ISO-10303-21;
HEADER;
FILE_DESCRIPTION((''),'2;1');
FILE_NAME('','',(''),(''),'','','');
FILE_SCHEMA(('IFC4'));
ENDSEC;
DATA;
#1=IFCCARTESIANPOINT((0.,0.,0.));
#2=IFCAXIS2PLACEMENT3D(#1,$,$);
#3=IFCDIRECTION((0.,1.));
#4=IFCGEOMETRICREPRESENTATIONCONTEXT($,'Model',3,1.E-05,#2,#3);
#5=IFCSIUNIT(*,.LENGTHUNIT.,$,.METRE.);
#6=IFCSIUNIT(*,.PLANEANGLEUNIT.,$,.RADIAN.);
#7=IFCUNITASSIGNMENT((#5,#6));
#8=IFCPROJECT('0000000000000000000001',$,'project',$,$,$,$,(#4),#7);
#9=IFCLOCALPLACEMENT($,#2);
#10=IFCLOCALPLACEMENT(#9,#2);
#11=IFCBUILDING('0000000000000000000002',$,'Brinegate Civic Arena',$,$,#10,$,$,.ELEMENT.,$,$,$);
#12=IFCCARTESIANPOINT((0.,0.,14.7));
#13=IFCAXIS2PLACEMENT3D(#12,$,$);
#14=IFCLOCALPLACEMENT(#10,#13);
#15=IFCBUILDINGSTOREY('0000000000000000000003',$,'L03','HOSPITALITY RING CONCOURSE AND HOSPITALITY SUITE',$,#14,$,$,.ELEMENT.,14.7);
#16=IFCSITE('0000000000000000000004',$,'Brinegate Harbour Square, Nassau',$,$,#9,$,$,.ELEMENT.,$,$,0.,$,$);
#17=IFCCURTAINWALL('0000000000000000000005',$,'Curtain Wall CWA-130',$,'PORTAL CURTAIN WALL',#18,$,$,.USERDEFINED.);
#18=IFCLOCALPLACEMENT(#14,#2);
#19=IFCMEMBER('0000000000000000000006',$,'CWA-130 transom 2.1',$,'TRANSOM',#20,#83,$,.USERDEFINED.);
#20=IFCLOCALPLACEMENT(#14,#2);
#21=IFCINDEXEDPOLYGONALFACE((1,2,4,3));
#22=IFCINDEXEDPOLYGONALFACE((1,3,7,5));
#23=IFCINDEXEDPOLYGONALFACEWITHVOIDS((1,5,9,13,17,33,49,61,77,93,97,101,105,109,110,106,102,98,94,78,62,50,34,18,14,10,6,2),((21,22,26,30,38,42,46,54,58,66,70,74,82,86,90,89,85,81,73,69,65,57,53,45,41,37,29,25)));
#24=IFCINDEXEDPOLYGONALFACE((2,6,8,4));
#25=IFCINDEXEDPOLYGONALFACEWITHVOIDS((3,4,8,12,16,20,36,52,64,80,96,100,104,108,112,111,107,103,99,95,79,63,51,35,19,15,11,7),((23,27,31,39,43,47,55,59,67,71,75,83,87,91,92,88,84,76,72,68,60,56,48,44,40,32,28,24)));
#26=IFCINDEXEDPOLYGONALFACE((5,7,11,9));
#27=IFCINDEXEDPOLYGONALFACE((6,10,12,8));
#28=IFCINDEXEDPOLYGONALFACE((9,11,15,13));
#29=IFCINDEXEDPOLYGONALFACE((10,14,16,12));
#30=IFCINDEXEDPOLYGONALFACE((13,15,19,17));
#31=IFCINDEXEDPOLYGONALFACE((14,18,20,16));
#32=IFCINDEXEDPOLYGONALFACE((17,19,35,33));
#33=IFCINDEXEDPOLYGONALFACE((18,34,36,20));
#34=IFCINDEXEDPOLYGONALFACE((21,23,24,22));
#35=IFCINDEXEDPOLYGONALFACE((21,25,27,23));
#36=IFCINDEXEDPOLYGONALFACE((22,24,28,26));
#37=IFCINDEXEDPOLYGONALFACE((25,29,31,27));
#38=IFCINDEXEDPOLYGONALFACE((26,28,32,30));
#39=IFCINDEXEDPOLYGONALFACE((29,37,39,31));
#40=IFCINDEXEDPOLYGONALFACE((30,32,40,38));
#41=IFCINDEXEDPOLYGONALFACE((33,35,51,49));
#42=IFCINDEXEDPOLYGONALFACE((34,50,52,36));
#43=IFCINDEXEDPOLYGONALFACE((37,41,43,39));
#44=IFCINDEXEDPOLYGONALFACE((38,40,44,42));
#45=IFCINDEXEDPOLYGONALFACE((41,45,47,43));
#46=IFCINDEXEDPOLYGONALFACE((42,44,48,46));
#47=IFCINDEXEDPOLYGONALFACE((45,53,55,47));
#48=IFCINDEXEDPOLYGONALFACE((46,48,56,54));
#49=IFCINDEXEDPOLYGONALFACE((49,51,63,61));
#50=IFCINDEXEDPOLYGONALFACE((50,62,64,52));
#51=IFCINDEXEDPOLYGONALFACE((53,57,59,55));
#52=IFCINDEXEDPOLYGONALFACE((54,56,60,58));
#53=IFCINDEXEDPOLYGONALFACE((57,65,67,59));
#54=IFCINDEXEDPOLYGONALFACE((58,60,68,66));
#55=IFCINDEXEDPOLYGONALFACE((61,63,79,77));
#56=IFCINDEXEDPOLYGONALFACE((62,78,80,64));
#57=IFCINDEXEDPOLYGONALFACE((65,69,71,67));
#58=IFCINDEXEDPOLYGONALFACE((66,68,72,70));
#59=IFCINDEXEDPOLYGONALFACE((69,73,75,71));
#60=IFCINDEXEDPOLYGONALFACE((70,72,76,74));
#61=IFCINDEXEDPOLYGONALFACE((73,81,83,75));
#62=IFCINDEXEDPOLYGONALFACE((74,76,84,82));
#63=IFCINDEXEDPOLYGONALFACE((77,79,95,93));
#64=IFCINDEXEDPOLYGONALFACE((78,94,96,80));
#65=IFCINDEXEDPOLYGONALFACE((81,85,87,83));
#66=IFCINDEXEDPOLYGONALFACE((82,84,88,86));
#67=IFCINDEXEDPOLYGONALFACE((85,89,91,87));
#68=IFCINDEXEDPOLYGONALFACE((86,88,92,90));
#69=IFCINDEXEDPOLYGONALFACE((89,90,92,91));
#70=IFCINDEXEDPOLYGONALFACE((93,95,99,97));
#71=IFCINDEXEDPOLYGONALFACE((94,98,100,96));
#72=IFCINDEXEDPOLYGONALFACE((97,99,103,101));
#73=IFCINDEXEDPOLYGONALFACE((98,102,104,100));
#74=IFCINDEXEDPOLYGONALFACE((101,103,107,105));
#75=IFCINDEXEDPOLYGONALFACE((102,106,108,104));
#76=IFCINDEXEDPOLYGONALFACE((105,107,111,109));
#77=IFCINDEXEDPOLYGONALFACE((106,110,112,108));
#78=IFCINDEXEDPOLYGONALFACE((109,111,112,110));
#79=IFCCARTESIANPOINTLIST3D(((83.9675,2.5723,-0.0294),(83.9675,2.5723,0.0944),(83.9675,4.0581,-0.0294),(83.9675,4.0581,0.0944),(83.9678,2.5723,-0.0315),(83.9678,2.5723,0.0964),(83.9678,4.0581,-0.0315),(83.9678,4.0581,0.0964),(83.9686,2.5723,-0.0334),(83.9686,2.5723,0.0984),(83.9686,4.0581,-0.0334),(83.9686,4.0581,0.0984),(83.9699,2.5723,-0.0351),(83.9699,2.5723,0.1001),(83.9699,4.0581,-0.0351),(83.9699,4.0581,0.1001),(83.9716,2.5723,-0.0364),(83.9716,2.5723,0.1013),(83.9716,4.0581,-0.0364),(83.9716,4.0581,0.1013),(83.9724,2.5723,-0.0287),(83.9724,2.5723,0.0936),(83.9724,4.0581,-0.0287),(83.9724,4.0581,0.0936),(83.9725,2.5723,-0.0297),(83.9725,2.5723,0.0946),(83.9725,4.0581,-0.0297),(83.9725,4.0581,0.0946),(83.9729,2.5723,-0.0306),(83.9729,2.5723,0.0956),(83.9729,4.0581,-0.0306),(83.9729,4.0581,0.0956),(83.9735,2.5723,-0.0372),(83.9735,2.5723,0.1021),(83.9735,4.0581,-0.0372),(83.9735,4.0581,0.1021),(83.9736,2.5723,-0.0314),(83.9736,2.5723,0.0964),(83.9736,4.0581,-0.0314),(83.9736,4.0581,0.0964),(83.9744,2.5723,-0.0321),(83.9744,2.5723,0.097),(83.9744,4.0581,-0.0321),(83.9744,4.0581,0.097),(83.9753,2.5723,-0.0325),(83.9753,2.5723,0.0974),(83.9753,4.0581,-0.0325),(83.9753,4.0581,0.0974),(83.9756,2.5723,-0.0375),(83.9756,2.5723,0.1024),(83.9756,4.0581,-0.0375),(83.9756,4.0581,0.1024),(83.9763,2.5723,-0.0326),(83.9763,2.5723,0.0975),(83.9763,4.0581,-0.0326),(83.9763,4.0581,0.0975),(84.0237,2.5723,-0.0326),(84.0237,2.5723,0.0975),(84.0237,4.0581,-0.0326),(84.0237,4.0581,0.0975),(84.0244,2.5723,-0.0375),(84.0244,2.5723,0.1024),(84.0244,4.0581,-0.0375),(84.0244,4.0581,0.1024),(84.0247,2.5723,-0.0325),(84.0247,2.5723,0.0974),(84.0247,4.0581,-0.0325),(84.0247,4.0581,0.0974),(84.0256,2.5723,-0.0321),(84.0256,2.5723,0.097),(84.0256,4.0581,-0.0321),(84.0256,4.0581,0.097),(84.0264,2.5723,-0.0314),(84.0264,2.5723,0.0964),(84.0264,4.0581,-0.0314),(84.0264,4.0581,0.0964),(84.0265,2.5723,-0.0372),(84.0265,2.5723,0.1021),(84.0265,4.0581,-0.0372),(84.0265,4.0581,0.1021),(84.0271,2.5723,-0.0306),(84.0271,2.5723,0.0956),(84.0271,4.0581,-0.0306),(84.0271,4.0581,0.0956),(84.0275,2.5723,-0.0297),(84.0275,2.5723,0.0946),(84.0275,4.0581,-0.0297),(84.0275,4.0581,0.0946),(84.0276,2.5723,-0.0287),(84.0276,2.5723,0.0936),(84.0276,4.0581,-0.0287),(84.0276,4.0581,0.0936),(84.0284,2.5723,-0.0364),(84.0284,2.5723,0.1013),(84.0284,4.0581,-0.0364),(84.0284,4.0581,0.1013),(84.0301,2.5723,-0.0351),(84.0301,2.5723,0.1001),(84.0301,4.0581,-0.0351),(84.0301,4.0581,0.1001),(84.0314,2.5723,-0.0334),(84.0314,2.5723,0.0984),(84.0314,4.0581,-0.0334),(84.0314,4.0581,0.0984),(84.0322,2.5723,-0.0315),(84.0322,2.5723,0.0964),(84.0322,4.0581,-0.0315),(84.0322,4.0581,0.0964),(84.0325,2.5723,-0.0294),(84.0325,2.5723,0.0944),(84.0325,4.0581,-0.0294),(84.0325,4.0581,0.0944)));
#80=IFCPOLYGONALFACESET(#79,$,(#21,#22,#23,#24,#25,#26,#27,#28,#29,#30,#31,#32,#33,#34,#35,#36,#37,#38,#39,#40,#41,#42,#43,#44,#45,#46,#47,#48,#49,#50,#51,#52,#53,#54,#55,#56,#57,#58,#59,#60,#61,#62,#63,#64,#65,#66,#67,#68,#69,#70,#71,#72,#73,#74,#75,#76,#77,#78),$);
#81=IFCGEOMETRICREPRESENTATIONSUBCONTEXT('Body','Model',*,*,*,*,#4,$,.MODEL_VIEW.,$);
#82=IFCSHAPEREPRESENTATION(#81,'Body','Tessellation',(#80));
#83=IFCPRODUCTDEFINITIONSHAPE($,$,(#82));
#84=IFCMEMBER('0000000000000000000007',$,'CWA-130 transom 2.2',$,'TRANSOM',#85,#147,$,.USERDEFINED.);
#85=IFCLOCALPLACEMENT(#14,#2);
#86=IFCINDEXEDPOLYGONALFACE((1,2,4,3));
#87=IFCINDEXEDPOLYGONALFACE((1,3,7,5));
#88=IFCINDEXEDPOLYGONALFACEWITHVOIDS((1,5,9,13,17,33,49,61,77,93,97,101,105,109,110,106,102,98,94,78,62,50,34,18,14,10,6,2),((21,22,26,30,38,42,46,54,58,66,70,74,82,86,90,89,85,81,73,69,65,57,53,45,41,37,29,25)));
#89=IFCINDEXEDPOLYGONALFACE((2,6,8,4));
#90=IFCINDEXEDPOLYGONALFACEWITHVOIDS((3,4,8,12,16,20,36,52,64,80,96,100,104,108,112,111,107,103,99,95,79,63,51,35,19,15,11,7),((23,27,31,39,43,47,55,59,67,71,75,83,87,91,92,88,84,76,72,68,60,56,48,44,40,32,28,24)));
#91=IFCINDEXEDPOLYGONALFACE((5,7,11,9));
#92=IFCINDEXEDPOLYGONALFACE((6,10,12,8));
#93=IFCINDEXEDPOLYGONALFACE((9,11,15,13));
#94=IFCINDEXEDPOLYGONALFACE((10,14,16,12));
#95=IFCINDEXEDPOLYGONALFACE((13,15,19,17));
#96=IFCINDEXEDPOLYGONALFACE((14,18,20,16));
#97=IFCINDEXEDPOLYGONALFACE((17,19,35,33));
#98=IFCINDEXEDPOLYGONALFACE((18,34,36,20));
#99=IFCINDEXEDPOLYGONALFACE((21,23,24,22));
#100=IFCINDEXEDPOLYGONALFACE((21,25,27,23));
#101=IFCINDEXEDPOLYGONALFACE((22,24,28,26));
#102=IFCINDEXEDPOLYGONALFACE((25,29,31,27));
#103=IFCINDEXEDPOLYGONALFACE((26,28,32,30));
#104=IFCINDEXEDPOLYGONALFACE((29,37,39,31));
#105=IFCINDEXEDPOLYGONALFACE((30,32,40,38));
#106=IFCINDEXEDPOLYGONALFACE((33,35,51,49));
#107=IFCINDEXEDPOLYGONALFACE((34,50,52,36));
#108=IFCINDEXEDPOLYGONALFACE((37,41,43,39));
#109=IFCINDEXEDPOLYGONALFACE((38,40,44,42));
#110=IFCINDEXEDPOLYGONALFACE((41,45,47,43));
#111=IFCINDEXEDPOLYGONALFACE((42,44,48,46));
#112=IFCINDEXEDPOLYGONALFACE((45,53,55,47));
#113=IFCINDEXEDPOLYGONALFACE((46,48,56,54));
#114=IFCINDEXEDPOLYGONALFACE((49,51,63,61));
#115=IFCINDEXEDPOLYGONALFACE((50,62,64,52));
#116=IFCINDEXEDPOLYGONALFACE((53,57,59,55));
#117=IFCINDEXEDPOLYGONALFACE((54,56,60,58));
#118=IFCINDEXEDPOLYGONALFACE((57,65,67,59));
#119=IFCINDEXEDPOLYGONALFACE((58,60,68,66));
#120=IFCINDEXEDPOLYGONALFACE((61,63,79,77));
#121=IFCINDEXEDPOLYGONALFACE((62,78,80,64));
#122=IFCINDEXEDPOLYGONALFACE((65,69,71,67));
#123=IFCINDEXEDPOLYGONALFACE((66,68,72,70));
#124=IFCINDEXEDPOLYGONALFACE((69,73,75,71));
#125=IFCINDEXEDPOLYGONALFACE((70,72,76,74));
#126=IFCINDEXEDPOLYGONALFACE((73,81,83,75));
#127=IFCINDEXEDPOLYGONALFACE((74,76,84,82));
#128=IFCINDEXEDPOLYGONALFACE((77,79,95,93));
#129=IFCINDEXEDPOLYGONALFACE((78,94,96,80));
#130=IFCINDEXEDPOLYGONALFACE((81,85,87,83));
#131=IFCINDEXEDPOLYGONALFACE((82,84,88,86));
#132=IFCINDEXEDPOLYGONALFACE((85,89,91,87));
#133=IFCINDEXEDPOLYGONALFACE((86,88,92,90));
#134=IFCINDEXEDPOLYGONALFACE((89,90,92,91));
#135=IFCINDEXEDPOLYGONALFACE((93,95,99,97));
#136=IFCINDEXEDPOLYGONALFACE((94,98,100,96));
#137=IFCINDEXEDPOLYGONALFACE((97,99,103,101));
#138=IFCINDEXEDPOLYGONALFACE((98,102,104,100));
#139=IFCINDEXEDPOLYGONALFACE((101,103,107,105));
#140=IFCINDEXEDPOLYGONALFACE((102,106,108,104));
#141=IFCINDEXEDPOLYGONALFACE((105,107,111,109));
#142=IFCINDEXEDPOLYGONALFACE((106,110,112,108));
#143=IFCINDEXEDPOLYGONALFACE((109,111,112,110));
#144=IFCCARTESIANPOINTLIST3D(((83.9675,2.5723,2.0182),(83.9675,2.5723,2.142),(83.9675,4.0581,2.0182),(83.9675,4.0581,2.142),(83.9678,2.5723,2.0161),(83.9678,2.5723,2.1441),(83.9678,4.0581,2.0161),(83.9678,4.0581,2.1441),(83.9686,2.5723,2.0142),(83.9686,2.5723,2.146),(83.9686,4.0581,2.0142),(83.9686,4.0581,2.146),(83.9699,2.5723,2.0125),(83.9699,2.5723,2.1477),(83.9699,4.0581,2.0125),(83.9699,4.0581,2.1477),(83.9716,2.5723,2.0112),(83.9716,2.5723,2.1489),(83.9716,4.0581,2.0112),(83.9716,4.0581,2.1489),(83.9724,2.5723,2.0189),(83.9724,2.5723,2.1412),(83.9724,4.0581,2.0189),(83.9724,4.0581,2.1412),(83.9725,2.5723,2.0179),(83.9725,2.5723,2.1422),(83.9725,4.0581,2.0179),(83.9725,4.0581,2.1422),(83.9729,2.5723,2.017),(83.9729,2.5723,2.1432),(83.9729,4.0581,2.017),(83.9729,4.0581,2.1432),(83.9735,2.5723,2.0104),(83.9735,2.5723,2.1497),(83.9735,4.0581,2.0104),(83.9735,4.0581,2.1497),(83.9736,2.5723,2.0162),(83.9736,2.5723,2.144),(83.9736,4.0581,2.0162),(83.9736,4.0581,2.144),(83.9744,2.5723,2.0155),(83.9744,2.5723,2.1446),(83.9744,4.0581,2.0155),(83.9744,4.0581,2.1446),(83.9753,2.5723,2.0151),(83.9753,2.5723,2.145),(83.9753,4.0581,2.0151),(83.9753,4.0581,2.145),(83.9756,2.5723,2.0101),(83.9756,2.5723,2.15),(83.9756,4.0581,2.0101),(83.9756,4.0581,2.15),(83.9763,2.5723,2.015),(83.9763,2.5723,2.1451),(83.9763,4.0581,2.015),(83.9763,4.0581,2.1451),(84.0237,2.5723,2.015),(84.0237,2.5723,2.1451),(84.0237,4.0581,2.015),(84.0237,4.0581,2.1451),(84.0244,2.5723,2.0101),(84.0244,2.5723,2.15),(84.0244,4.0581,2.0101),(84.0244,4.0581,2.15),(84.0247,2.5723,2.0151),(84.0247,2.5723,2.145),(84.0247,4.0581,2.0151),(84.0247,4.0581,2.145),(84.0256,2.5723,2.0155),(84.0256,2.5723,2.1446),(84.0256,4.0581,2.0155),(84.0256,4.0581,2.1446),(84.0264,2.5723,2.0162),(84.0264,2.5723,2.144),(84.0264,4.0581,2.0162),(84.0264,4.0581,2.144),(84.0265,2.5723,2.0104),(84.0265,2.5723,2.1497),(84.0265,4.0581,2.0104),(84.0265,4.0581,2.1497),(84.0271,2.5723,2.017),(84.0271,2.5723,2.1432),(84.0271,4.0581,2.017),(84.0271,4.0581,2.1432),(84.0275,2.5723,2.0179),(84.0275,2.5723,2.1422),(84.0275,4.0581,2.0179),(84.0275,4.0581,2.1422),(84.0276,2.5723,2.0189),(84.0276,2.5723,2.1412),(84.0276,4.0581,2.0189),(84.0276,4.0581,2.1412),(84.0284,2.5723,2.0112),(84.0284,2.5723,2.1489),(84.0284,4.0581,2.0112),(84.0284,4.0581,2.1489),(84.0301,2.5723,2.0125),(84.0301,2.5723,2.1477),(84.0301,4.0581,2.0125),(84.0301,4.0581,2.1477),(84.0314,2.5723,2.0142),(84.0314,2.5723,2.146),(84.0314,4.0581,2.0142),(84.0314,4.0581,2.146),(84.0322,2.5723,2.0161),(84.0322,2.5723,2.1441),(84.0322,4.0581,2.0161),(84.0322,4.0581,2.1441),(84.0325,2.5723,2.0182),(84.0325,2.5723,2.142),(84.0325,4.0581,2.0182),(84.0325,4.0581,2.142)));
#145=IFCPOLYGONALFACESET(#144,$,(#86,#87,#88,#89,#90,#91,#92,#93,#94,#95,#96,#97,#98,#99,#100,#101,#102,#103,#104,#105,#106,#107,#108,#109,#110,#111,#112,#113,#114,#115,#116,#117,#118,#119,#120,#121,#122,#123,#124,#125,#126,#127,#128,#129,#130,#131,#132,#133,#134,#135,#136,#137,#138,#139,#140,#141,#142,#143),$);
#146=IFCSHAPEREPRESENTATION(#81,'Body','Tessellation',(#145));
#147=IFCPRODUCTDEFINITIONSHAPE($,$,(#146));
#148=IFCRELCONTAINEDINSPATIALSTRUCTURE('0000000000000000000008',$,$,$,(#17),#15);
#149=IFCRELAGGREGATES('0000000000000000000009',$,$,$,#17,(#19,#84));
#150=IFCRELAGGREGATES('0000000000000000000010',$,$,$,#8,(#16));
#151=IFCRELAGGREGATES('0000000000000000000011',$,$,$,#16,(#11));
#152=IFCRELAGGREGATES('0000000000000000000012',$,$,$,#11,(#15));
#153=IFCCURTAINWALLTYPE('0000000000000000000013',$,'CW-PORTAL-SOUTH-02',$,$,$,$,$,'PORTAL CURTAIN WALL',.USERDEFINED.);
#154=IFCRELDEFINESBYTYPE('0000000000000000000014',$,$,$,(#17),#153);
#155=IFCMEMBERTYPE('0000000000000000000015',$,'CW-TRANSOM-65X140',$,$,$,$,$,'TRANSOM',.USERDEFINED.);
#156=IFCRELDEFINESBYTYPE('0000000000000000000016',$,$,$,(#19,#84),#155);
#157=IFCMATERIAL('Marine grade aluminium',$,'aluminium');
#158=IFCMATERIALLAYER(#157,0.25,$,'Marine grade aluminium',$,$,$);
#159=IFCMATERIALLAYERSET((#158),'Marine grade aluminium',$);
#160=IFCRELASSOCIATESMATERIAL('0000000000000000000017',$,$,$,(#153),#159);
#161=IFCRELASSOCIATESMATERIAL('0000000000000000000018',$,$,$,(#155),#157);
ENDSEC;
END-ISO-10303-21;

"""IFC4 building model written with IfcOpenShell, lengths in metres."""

from ifc_helpers import new_model, si_unit, direction, frame, origin, origin_2d, place, context, subcontext, project, spatial, hollow_rectangle, extrude, material, layer, layer_set, material_profile, profile_set, type_object, element, aggregate, save


model = new_model("IFC4")

# Units and contexts
model_context = context("Model", 3, precision=1e-05, world=origin(), true_north=direction((0.0, 1.0)))
body_context = subcontext(model_context, "Body", "Model", "MODEL_VIEW")
ifc_project = project(units=[si_unit("LENGTHUNIT", "METRE"), si_unit("PLANEANGLEUNIT", "RADIAN")], contexts=[model_context])

# Site, building, storey
site_placement = place(None, origin())
site = spatial("IfcSite", under=ifc_project, at=site_placement, Name="Brinegate Harbour Square, Nassau", CompositionType="ELEMENT", RefElevation=0.0)
building_placement = place(site_placement, origin())
building = spatial("IfcBuilding", under=site, at=building_placement, Name="Brinegate Civic Arena", CompositionType="ELEMENT")
storey_placement = place(building_placement, frame((0.0, 0.0, 14.7)))
storey = spatial("IfcBuildingStorey", under=building, at=storey_placement, Name="L03", Description="HOSPITALITY RING CONCOURSE AND HOSPITALITY SUITE", CompositionType="ELEMENT", Elevation=14.7)

# Shared definitions
ifc_material_1 = material(Name="Marine grade aluminium", Category="aluminium")
ifc_layer_1 = layer(ifc_material_1, 0.25, Name="Marine grade aluminium")
ifc_layer_set_1 = layer_set([ifc_layer_1], Name="Marine grade aluminium")
curtain_wall_type = type_object("IfcCurtainWallType", Name="CW-PORTAL-SOUTH-02", ElementType="PORTAL CURTAIN WALL", PredefinedType="USERDEFINED", material=ifc_layer_set_1)

# Curtain wall
curtain_wall_1_placement = place(storey_placement, origin())
curtain_wall_1 = element("IfcCurtainWall", 1, at=curtain_wall_1_placement, inside=storey, type_object=curtain_wall_type, Name="Curtain Wall CWA-130", ObjectType="PORTAL CURTAIN WALL", PredefinedType="USERDEFINED")

# Members
ifc_material_profile_1 = material_profile(ifc_material_1, hollow_rectangle(XDim=0.0649, YDim=0.1399, WallThickness=0.0049, InnerFilletRadius=0.0039, OuterFilletRadius=0.0081, at=origin_2d()), Name="TRN65X140")
ifc_profile_set_1 = profile_set([ifc_material_profile_1], Name="Marine grade aluminium")
member_type_1 = type_object("IfcMemberType", Name="CW-TRANSOM-65X140", ElementType="TRANSOM", PredefinedType="USERDEFINED", material=ifc_profile_set_1)
member_1_placement = place(storey_placement, frame((84.0, 2.5723, 0.0325), z_axis=(0.0, 1.0, 0.0), x_axis=(-1.0, 0.0, 0.0)))
member_1 = element("IfcMember", 2, at=member_1_placement, type_object=member_type_1, Name="CWA-130 transom 2.1", ObjectType="TRANSOM", PredefinedType="USERDEFINED", context=body_context, shape_type="SweptSolid", body=[
    extrude(hollow_rectangle(XDim=0.0649, YDim=0.1399, WallThickness=0.0049, InnerFilletRadius=0.0039, OuterFilletRadius=0.0081, at=origin_2d()), origin(), (0.0, 0.0, 1.0), 1.4858),
])
member_2_placement = place(storey_placement, frame((84.0, 2.5723, 2.0801), z_axis=(0.0, 1.0, 0.0), x_axis=(-1.0, 0.0, 0.0)))
member_2 = element("IfcMember", 3, at=member_2_placement, type_object=member_type_1, Name="CWA-130 transom 2.2", ObjectType="TRANSOM", PredefinedType="USERDEFINED", context=body_context, shape_type="SweptSolid", body=[
    extrude(hollow_rectangle(XDim=0.0649, YDim=0.1399, WallThickness=0.0049, InnerFilletRadius=0.0039, OuterFilletRadius=0.0081, at=origin_2d()), origin(), (0.0, 0.0, 1.0), 1.4858),
])

aggregate(curtain_wall_1, [member_1, member_2])

save(model, "model.ifc")
